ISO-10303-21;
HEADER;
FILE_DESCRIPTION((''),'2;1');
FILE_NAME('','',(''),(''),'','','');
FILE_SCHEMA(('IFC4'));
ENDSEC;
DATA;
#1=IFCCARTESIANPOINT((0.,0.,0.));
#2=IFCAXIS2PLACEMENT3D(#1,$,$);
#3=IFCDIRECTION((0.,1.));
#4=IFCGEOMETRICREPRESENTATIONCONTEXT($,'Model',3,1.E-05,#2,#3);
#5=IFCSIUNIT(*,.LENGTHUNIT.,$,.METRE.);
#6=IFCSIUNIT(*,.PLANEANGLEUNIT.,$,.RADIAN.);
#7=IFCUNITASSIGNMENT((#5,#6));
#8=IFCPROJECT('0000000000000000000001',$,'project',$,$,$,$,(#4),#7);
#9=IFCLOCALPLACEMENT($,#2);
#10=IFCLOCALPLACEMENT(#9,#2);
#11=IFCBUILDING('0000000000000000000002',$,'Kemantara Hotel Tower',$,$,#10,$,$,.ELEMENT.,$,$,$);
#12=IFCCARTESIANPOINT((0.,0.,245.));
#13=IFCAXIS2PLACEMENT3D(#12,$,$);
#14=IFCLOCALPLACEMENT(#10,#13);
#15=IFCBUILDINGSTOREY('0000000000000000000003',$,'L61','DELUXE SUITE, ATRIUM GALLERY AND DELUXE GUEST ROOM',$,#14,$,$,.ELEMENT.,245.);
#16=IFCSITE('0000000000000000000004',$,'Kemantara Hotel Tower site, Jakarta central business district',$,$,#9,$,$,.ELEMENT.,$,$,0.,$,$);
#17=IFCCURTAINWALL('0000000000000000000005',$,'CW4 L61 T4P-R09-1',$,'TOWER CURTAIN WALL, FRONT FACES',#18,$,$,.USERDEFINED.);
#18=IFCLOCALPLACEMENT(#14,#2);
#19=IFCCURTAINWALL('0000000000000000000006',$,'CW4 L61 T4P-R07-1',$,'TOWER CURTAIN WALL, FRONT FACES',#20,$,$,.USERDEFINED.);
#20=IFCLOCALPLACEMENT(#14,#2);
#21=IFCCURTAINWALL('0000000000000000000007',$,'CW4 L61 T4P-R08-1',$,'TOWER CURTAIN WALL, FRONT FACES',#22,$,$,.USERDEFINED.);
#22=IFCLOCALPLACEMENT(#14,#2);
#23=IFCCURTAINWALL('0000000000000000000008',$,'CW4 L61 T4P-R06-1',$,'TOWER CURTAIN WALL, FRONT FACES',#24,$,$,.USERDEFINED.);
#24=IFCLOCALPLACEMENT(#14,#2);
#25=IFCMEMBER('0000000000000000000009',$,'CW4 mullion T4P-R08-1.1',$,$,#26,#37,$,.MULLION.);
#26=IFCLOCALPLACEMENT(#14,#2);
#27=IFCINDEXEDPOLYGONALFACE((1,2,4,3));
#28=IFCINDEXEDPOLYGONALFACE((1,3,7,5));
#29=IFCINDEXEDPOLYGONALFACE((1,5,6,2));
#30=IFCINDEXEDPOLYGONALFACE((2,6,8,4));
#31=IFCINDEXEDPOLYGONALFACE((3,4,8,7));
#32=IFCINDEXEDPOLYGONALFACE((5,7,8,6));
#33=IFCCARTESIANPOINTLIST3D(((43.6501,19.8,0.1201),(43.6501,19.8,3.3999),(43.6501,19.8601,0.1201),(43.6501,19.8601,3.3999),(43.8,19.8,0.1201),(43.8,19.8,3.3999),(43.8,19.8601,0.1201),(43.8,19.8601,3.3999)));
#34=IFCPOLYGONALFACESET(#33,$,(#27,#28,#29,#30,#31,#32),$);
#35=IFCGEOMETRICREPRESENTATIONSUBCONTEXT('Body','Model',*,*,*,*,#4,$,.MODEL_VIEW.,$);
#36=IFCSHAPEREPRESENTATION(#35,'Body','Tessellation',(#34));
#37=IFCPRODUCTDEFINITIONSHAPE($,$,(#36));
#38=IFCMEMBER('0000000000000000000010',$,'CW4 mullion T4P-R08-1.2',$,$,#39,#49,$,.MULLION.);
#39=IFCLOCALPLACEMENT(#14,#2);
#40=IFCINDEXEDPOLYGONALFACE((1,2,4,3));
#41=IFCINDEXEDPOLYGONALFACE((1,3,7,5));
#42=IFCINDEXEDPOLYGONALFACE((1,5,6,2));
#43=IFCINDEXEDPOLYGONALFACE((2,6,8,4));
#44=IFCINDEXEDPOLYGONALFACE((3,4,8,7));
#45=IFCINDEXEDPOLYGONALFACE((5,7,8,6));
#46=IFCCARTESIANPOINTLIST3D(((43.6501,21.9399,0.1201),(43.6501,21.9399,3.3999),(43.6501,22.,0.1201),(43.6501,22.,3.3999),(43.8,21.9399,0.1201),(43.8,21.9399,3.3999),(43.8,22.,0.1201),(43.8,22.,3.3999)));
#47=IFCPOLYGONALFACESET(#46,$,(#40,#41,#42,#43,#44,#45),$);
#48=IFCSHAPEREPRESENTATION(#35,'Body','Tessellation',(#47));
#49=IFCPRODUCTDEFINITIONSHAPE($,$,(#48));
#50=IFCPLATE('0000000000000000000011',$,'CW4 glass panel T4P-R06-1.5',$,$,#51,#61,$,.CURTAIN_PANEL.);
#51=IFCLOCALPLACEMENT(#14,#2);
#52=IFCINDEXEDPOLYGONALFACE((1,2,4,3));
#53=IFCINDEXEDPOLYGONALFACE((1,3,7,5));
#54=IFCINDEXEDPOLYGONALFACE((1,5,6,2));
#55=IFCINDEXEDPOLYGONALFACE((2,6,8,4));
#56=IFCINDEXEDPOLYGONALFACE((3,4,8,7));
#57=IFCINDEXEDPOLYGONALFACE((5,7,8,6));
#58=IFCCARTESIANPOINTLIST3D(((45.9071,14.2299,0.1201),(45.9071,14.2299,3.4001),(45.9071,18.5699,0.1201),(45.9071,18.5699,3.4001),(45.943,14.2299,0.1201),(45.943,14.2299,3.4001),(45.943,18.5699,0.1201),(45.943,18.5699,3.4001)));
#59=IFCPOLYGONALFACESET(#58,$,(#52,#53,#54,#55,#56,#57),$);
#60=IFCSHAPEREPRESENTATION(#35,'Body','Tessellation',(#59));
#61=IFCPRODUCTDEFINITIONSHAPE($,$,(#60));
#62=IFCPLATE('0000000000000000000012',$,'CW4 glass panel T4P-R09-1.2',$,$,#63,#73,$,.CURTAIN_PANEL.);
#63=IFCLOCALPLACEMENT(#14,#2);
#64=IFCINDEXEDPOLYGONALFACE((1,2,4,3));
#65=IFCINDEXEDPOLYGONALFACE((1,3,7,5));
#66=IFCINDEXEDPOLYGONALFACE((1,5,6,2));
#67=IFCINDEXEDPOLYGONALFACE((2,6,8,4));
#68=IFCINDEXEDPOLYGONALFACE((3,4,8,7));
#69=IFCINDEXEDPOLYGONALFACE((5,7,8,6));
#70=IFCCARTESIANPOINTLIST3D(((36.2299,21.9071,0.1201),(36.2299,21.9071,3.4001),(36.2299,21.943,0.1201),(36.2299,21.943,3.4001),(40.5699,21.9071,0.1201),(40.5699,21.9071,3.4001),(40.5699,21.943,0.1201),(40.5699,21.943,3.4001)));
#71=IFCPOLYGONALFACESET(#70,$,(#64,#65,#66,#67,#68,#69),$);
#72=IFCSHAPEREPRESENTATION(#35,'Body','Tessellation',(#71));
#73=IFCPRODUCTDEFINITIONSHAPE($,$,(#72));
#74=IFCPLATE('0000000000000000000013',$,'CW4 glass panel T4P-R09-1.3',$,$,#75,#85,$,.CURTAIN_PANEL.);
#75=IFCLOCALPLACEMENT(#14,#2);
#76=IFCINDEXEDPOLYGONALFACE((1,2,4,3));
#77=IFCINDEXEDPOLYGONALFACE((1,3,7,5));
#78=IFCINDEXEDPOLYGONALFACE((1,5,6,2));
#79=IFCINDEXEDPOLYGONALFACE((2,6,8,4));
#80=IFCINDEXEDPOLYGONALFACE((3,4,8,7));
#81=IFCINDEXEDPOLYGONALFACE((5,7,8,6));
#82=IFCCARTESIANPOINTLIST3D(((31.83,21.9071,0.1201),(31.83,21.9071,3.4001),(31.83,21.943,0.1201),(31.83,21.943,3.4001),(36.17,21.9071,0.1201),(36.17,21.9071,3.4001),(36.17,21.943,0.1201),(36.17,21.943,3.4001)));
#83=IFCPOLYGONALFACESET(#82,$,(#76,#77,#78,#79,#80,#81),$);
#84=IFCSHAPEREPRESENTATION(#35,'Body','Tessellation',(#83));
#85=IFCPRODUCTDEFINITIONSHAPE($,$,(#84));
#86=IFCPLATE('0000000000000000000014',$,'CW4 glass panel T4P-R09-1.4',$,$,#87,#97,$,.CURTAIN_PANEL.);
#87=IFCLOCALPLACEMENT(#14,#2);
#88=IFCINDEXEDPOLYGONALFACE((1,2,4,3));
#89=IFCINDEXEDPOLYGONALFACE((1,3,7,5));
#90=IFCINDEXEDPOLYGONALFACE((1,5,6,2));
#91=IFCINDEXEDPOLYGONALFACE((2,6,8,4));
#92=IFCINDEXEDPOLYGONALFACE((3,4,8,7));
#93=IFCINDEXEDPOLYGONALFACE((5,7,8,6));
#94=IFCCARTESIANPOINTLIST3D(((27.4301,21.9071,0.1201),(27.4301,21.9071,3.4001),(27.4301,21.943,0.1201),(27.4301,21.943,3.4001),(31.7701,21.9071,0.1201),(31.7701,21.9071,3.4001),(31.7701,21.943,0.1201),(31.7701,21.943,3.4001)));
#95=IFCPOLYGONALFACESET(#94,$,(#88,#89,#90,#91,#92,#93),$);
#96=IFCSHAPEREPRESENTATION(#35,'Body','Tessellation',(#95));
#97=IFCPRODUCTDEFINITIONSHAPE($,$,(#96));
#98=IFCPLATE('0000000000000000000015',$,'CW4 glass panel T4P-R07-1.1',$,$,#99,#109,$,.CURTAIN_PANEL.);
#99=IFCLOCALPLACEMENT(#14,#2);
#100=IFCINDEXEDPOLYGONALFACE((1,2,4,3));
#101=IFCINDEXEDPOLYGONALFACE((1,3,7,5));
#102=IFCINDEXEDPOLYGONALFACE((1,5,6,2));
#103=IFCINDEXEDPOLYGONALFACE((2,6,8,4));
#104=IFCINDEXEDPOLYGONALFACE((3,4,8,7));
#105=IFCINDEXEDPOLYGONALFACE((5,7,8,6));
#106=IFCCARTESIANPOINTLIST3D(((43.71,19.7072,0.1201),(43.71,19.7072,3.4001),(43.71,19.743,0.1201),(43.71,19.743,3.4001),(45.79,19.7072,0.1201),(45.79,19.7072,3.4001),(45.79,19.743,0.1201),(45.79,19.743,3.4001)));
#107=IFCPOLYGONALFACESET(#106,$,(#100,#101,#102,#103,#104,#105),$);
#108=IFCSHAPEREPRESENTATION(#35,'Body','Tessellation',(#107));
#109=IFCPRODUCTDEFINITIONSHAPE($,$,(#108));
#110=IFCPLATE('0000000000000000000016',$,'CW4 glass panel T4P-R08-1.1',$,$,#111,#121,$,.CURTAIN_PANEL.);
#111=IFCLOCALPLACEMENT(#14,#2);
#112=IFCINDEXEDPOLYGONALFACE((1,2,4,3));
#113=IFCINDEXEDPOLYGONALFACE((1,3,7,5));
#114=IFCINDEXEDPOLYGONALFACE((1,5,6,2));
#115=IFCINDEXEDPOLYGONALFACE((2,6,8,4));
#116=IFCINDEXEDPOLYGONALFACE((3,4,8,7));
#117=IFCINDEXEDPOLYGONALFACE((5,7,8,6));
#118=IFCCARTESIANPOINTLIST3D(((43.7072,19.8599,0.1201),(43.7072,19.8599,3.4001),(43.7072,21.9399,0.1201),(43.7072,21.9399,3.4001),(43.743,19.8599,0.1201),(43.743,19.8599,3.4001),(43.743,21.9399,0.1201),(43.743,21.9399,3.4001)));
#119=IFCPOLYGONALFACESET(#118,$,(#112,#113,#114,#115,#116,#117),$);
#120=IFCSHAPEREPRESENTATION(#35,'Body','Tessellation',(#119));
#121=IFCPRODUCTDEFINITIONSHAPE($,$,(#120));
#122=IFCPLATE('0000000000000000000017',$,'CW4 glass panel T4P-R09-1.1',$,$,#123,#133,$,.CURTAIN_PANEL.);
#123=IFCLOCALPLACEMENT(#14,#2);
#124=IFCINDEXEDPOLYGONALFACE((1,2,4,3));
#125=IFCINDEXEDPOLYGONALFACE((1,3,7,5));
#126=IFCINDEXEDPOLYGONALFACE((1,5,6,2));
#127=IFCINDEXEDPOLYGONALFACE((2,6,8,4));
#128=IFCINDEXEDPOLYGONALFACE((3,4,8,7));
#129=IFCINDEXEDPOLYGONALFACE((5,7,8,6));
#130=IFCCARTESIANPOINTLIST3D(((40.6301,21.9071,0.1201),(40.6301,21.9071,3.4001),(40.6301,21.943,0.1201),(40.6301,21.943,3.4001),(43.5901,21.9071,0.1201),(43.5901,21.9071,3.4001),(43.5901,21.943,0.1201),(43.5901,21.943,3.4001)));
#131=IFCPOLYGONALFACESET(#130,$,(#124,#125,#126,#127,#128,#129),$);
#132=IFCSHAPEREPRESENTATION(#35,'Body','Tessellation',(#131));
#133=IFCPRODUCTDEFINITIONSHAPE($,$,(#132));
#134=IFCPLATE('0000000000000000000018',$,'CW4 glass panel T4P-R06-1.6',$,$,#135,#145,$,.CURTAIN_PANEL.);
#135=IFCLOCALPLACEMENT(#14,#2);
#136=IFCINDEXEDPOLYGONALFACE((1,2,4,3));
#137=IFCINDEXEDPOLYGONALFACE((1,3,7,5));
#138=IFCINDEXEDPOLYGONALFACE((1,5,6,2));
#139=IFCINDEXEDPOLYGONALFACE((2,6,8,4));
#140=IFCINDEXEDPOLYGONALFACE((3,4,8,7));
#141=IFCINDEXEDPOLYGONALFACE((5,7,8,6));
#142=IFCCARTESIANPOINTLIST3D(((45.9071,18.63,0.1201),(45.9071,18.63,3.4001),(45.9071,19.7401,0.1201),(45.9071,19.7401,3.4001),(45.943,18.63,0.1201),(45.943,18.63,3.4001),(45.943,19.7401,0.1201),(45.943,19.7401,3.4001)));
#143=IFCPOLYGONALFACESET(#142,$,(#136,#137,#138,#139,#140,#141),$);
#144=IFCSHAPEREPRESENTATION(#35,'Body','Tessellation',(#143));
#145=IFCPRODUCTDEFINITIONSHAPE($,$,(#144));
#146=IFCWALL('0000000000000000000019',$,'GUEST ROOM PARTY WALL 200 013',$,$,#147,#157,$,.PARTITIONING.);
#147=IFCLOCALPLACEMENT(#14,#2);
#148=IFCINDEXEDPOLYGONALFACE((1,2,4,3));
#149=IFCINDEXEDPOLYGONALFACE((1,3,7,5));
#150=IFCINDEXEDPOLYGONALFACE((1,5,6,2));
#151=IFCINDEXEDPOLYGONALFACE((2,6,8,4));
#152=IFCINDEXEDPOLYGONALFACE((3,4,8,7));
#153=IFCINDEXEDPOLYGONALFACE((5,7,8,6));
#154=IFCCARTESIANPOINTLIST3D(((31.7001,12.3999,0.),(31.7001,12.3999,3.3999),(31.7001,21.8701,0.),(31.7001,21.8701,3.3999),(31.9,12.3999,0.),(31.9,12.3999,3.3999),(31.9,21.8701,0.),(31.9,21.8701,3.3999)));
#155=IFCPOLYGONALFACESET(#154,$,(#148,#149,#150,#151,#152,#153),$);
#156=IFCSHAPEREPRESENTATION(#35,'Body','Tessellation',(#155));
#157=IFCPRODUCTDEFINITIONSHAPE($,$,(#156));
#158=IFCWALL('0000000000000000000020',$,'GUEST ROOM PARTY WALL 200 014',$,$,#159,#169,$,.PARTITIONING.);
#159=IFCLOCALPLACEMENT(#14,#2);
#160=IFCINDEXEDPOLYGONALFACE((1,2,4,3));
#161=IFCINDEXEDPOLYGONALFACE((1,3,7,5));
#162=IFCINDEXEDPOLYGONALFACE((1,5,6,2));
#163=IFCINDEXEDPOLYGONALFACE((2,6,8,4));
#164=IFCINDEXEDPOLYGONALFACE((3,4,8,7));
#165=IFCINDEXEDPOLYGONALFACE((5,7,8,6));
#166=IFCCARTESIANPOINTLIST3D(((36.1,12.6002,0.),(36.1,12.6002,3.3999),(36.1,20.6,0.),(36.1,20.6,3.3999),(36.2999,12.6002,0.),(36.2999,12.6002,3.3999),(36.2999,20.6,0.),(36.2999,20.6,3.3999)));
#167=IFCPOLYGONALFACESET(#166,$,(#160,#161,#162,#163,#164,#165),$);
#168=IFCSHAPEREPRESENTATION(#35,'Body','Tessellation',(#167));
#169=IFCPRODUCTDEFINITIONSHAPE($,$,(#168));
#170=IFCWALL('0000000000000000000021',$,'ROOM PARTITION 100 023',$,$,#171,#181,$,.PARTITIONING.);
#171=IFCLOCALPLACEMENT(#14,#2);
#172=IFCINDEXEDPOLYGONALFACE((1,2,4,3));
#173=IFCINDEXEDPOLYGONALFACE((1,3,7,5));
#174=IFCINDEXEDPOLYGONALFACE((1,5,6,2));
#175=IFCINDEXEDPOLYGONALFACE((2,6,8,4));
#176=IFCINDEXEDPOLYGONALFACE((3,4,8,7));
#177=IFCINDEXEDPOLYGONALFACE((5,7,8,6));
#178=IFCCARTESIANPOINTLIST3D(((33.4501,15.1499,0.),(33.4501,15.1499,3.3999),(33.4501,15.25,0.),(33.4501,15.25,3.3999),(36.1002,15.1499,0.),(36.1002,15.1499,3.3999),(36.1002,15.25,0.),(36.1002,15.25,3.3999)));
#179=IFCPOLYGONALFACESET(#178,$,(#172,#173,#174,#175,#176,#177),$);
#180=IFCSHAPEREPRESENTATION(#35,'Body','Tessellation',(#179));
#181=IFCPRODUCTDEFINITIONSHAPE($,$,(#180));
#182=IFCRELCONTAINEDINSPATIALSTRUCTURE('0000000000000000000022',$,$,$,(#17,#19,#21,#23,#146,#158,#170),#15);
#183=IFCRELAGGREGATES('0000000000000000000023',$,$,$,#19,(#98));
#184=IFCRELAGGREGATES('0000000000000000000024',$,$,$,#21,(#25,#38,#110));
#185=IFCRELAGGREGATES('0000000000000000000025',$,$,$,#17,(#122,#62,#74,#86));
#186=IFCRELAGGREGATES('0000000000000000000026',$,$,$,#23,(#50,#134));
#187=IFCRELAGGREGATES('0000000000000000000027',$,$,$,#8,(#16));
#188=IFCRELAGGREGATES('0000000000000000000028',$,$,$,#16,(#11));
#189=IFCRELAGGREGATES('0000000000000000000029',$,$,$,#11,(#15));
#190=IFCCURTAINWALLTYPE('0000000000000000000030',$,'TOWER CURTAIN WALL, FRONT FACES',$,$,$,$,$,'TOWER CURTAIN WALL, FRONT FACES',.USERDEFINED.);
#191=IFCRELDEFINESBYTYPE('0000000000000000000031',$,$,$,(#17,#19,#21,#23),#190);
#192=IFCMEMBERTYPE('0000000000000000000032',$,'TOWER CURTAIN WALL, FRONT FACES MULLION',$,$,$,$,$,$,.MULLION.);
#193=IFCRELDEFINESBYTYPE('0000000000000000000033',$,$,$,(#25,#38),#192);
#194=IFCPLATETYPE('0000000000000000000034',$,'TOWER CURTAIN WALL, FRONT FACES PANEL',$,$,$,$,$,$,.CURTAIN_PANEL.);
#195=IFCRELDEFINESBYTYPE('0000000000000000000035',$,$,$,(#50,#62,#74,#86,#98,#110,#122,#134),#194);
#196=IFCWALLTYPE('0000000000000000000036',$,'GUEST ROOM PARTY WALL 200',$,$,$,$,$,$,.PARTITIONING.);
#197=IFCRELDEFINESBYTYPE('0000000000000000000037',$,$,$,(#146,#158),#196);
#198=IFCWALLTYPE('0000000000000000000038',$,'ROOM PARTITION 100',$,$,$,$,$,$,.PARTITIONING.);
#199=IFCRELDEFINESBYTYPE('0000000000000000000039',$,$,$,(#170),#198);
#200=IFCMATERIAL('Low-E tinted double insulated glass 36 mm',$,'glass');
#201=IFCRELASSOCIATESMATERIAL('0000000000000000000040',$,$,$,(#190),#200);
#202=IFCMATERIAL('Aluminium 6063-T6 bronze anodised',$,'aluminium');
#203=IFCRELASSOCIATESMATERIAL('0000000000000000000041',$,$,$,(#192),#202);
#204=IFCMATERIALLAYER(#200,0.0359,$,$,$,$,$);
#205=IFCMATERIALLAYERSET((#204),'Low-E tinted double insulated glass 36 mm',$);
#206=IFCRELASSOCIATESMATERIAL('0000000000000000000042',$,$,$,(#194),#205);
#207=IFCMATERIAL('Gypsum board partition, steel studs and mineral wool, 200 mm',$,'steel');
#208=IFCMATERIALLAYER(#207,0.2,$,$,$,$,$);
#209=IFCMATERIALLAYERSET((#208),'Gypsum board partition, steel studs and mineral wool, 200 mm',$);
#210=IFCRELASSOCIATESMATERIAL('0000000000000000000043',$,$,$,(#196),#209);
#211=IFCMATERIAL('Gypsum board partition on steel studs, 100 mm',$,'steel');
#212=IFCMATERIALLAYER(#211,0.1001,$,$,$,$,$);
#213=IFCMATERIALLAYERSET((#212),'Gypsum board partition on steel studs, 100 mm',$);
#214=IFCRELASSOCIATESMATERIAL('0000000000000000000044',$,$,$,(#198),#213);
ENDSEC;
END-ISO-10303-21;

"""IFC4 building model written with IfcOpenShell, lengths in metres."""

from ifc_helpers import new_model, si_unit, direction, frame, frame_2d, origin, origin_2d, place, context, subcontext, project, spatial, rectangle, extrude, source, transform, mapped, material, layer, layer_set, material_profile, profile_set, type_object, element, aggregate, save


model = new_model("IFC4")

# Units and contexts
model_context = context("Model", 3, precision=1e-05, world=origin(), true_north=direction((0.0, 1.0)))
body_context = subcontext(model_context, "Body", "Model", "MODEL_VIEW")
ifc_project = project(units=[si_unit("LENGTHUNIT", "METRE"), si_unit("PLANEANGLEUNIT", "RADIAN")], contexts=[model_context])

# Site, building, storey
site_placement = place(None, origin())
site = spatial("IfcSite", under=ifc_project, at=site_placement, Name="Kemantara Hotel Tower site, Jakarta central business district", CompositionType="ELEMENT", RefElevation=0.0)
building_placement = place(site_placement, origin())
building = spatial("IfcBuilding", under=site, at=building_placement, Name="Kemantara Hotel Tower", CompositionType="ELEMENT")
storey_placement = place(building_placement, frame((0.0, 0.0, 245.0)))
storey = spatial("IfcBuildingStorey", under=building, at=storey_placement, Name="L61", Description="DELUXE SUITE, ATRIUM GALLERY AND DELUXE GUEST ROOM", CompositionType="ELEMENT", Elevation=245.0)

# Curtain walls
ifc_material_1 = material(Name="Low-E tinted double insulated glass 36 mm", Category="glass")
curtain_wall_type = type_object("IfcCurtainWallType", Name="TOWER CURTAIN WALL, FRONT FACES", ElementType="TOWER CURTAIN WALL, FRONT FACES", PredefinedType="USERDEFINED", material=ifc_material_1)
curtain_wall_1_placement = place(storey_placement, origin())
curtain_wall_1 = element("IfcCurtainWall", 1, at=curtain_wall_1_placement, inside=storey, type_object=curtain_wall_type, Name="CW4 L61 T4P-R09-1", ObjectType="TOWER CURTAIN WALL, FRONT FACES", PredefinedType="USERDEFINED")
ifc_material_2 = material(Name="Aluminium 6063-T6 bronze anodised", Category="aluminium")
curtain_wall_2_placement = place(storey_placement, origin())
curtain_wall_2 = element("IfcCurtainWall", 2, at=curtain_wall_2_placement, inside=storey, type_object=curtain_wall_type, Name="CW4 L61 T4P-R07-1", ObjectType="TOWER CURTAIN WALL, FRONT FACES", PredefinedType="USERDEFINED")
curtain_wall_3_placement = place(storey_placement, origin())
curtain_wall_3 = element("IfcCurtainWall", 3, at=curtain_wall_3_placement, inside=storey, type_object=curtain_wall_type, Name="CW4 L61 T4P-R08-1", ObjectType="TOWER CURTAIN WALL, FRONT FACES", PredefinedType="USERDEFINED")

# Curtain wall
curtain_wall_4_placement = place(storey_placement, origin())
curtain_wall_4 = element("IfcCurtainWall", 4, at=curtain_wall_4_placement, inside=storey, type_object=curtain_wall_type, Name="CW4 L61 T4P-R06-1", ObjectType="TOWER CURTAIN WALL, FRONT FACES", PredefinedType="USERDEFINED")
ifc_material_profile_1 = material_profile(ifc_material_2, rectangle(XDim=0.1499, YDim=0.0601, at=origin_2d()), Name="TOWER CURTAIN WALL, FRONT FACES MULLION")
ifc_profile_set_1 = profile_set([ifc_material_profile_1], Name="Aluminium 6063-T6 bronze anodised")
member_type_1 = type_object("IfcMemberType", Name="TOWER CURTAIN WALL, FRONT FACES MULLION", PredefinedType="MULLION", material=ifc_profile_set_1)
shared_shape_1 = source(origin(), body_context, "Body", "SweptSolid", [
    extrude(rectangle(XDim=0.1499, YDim=0.0601, at=origin_2d()), origin(), (0.0, 0.0, 1.0), 3.2798),
])

# Members
member_1_placement = place(storey_placement, frame((43.7251, 19.8301, 0.1201), z_axis=(0.0, 0.0, 1.0), x_axis=(-1.0, 0.0, 0.0)))
member_1 = element("IfcMember", 5, at=member_1_placement, type_object=member_type_1, Name="CW4 mullion T4P-R08-1.1", PredefinedType="MULLION", context=body_context, shape_type="MappedRepresentation", body=[
    mapped(shared_shape_1, transform((0.0, 0.0, 0.0))),
])
member_2_placement = place(storey_placement, frame((43.7251, 21.97, 0.1201), z_axis=(0.0, 0.0, 1.0), x_axis=(-1.0, 0.0, 0.0)))
member_2 = element("IfcMember", 6, at=member_2_placement, type_object=member_type_1, Name="CW4 mullion T4P-R08-1.2", PredefinedType="MULLION", context=body_context, shape_type="MappedRepresentation", body=[
    mapped(shared_shape_1, transform((0.0, 0.0, 0.0))),
])

# Plates
ifc_layer_1 = layer(ifc_material_1, 0.0359)
ifc_layer_set_1 = layer_set([ifc_layer_1], Name="Low-E tinted double insulated glass 36 mm")
plate_type = type_object("IfcPlateType", Name="TOWER CURTAIN WALL, FRONT FACES PANEL", PredefinedType="CURTAIN_PANEL", material=ifc_layer_set_1)
shared_shape_2 = source(origin(), body_context, "Body", "SweptSolid", [
    extrude(rectangle(XDim=4.3401, YDim=0.0359, at=origin_2d()), origin(), (0.0, 0.0, 1.0), 3.28),
])
plate_1_placement = place(storey_placement, frame((45.925, 16.3999, 0.1201), z_axis=(0.0, 0.0, 1.0), x_axis=(0.0, 1.0, 0.0)))
plate_1 = element("IfcPlate", 7, at=plate_1_placement, type_object=plate_type, Name="CW4 glass panel T4P-R06-1.5", PredefinedType="CURTAIN_PANEL", context=body_context, shape_type="MappedRepresentation", body=[
    mapped(shared_shape_2, transform((0.0, 0.0, 0.0))),
])
plate_2_placement = place(storey_placement, frame((38.3999, 21.925, 0.1201), z_axis=(0.0, 0.0, 1.0), x_axis=(-1.0, 0.0, 0.0)))
plate_2 = element("IfcPlate", 8, at=plate_2_placement, type_object=plate_type, Name="CW4 glass panel T4P-R09-1.2", PredefinedType="CURTAIN_PANEL", context=body_context, shape_type="MappedRepresentation", body=[
    mapped(shared_shape_2, transform((0.0, 0.0, 0.0))),
])
plate_3_placement = place(storey_placement, frame((34.0, 21.925, 0.1201), z_axis=(0.0, 0.0, 1.0), x_axis=(-1.0, 0.0, 0.0)))
plate_3 = element("IfcPlate", 9, at=plate_3_placement, type_object=plate_type, Name="CW4 glass panel T4P-R09-1.3", PredefinedType="CURTAIN_PANEL", context=body_context, shape_type="MappedRepresentation", body=[
    mapped(shared_shape_2, transform((0.0, 0.0, 0.0))),
])
plate_4_placement = place(storey_placement, frame((29.6001, 21.925, 0.1201), z_axis=(0.0, 0.0, 1.0), x_axis=(-1.0, 0.0, 0.0)))
plate_4 = element("IfcPlate", 10, at=plate_4_placement, type_object=plate_type, Name="CW4 glass panel T4P-R09-1.4", PredefinedType="CURTAIN_PANEL", context=body_context, shape_type="MappedRepresentation", body=[
    mapped(shared_shape_2, transform((0.0, 0.0, 0.0))),
])
shared_shape_3 = source(origin(), body_context, "Body", "SweptSolid", [
    extrude(rectangle(XDim=2.0801, YDim=0.0359, at=origin_2d()), origin(), (0.0, 0.0, 1.0), 3.28),
])
plate_5_placement = place(storey_placement, frame((44.75, 19.7251, 0.1201), z_axis=(0.0, 0.0, 1.0), x_axis=(-1.0, 0.0, 0.0)))
plate_5 = element("IfcPlate", 11, at=plate_5_placement, type_object=plate_type, Name="CW4 glass panel T4P-R07-1.1", PredefinedType="CURTAIN_PANEL", context=body_context, shape_type="MappedRepresentation", body=[
    mapped(shared_shape_3, transform((0.0, 0.0, 0.0))),
])
aggregate(curtain_wall_2, [plate_5])
plate_6_placement = place(storey_placement, frame((43.7251, 20.8999, 0.1201), z_axis=(0.0, 0.0, 1.0), x_axis=(0.0, 1.0, 0.0)))
plate_6 = element("IfcPlate", 12, at=plate_6_placement, type_object=plate_type, Name="CW4 glass panel T4P-R08-1.1", PredefinedType="CURTAIN_PANEL", context=body_context, shape_type="MappedRepresentation", body=[
    mapped(shared_shape_3, transform((0.0, 0.0, 0.0))),
])
aggregate(curtain_wall_3, [member_1, member_2, plate_6])
shared_shape_4 = source(origin(), body_context, "Body", "SweptSolid", [
    extrude(rectangle(XDim=2.96, YDim=0.0359, at=origin_2d()), origin(), (0.0, 0.0, 1.0), 3.28),
])
plate_7_placement = place(storey_placement, frame((42.1101, 21.925, 0.1201), z_axis=(0.0, 0.0, 1.0), x_axis=(-1.0, 0.0, 0.0)))
plate_7 = element("IfcPlate", 13, at=plate_7_placement, type_object=plate_type, Name="CW4 glass panel T4P-R09-1.1", PredefinedType="CURTAIN_PANEL", context=body_context, shape_type="MappedRepresentation", body=[
    mapped(shared_shape_4, transform((0.0, 0.0, 0.0))),
])
aggregate(curtain_wall_1, [plate_7, plate_2, plate_3, plate_4])
shared_shape_5 = source(origin(), body_context, "Body", "SweptSolid", [
    extrude(rectangle(XDim=1.1101, YDim=0.0359, at=origin_2d()), origin(), (0.0, 0.0, 1.0), 3.28),
])
plate_8_placement = place(storey_placement, frame((45.925, 19.1851, 0.1201), z_axis=(0.0, 0.0, 1.0), x_axis=(0.0, 1.0, 0.0)))
plate_8 = element("IfcPlate", 14, at=plate_8_placement, type_object=plate_type, Name="CW4 glass panel T4P-R06-1.6", PredefinedType="CURTAIN_PANEL", context=body_context, shape_type="MappedRepresentation", body=[
    mapped(shared_shape_5, transform((0.0, 0.0, 0.0))),
])
aggregate(curtain_wall_4, [plate_1, plate_8])

# Walls
ifc_material_3 = material(Name="Gypsum board partition, steel studs and mineral wool, 200 mm", Category="steel")
ifc_layer_2 = layer(ifc_material_3, 0.2)
ifc_layer_set_2 = layer_set([ifc_layer_2], Name="Gypsum board partition, steel studs and mineral wool, 200 mm")
wall_type_1 = type_object("IfcWallType", Name="GUEST ROOM PARTY WALL 200", PredefinedType="PARTITIONING", material=ifc_layer_set_2)
wall_1_placement = place(storey_placement, frame((31.8, 12.3999, 0.0), z_axis=(0.0, 0.0, 1.0), x_axis=(0.0, 1.0, 0.0)))
element("IfcWall", 15, at=wall_1_placement, inside=storey, type_object=wall_type_1, Name="GUEST ROOM PARTY WALL 200 013", PredefinedType="PARTITIONING", context=body_context, shape_type="SweptSolid", body=[
    extrude(rectangle(XDim=9.4702, YDim=0.2, at=frame_2d((4.7351, 0.0))), origin(), (0.0, 0.0, 1.0), 3.3999),
])
wall_2_placement = place(storey_placement, frame((36.2, 12.6001, 0.0), z_axis=(0.0, 0.0, 1.0), x_axis=(0.0, 1.0, 0.0)))
element("IfcWall", 16, at=wall_2_placement, inside=storey, type_object=wall_type_1, Name="GUEST ROOM PARTY WALL 200 014", PredefinedType="PARTITIONING", context=body_context, shape_type="SweptSolid", body=[
    extrude(rectangle(XDim=7.9998, YDim=0.2, at=frame_2d((4.0, 0.0))), origin(), (0.0, 0.0, 1.0), 3.3999),
])
ifc_material_4 = material(Name="Gypsum board partition on steel studs, 100 mm", Category="steel")
ifc_layer_3 = layer(ifc_material_4, 0.1001)
ifc_layer_set_3 = layer_set([ifc_layer_3], Name="Gypsum board partition on steel studs, 100 mm")
wall_type_2 = type_object("IfcWallType", Name="ROOM PARTITION 100", PredefinedType="PARTITIONING", material=ifc_layer_set_3)
wall_3_placement = place(storey_placement, frame((33.45, 15.2, 0.0), z_axis=(0.0, 0.0, 1.0), x_axis=(1.0, 0.0, 0.0)))
element("IfcWall", 17, at=wall_3_placement, inside=storey, type_object=wall_type_2, Name="ROOM PARTITION 100 023", PredefinedType="PARTITIONING", context=body_context, shape_type="SweptSolid", body=[
    extrude(rectangle(XDim=2.6501, YDim=0.1001, at=frame_2d((1.3252, 0.0))), origin(), (0.0, 0.0, 1.0), 3.3999),
])

save(model, "model.ifc")
